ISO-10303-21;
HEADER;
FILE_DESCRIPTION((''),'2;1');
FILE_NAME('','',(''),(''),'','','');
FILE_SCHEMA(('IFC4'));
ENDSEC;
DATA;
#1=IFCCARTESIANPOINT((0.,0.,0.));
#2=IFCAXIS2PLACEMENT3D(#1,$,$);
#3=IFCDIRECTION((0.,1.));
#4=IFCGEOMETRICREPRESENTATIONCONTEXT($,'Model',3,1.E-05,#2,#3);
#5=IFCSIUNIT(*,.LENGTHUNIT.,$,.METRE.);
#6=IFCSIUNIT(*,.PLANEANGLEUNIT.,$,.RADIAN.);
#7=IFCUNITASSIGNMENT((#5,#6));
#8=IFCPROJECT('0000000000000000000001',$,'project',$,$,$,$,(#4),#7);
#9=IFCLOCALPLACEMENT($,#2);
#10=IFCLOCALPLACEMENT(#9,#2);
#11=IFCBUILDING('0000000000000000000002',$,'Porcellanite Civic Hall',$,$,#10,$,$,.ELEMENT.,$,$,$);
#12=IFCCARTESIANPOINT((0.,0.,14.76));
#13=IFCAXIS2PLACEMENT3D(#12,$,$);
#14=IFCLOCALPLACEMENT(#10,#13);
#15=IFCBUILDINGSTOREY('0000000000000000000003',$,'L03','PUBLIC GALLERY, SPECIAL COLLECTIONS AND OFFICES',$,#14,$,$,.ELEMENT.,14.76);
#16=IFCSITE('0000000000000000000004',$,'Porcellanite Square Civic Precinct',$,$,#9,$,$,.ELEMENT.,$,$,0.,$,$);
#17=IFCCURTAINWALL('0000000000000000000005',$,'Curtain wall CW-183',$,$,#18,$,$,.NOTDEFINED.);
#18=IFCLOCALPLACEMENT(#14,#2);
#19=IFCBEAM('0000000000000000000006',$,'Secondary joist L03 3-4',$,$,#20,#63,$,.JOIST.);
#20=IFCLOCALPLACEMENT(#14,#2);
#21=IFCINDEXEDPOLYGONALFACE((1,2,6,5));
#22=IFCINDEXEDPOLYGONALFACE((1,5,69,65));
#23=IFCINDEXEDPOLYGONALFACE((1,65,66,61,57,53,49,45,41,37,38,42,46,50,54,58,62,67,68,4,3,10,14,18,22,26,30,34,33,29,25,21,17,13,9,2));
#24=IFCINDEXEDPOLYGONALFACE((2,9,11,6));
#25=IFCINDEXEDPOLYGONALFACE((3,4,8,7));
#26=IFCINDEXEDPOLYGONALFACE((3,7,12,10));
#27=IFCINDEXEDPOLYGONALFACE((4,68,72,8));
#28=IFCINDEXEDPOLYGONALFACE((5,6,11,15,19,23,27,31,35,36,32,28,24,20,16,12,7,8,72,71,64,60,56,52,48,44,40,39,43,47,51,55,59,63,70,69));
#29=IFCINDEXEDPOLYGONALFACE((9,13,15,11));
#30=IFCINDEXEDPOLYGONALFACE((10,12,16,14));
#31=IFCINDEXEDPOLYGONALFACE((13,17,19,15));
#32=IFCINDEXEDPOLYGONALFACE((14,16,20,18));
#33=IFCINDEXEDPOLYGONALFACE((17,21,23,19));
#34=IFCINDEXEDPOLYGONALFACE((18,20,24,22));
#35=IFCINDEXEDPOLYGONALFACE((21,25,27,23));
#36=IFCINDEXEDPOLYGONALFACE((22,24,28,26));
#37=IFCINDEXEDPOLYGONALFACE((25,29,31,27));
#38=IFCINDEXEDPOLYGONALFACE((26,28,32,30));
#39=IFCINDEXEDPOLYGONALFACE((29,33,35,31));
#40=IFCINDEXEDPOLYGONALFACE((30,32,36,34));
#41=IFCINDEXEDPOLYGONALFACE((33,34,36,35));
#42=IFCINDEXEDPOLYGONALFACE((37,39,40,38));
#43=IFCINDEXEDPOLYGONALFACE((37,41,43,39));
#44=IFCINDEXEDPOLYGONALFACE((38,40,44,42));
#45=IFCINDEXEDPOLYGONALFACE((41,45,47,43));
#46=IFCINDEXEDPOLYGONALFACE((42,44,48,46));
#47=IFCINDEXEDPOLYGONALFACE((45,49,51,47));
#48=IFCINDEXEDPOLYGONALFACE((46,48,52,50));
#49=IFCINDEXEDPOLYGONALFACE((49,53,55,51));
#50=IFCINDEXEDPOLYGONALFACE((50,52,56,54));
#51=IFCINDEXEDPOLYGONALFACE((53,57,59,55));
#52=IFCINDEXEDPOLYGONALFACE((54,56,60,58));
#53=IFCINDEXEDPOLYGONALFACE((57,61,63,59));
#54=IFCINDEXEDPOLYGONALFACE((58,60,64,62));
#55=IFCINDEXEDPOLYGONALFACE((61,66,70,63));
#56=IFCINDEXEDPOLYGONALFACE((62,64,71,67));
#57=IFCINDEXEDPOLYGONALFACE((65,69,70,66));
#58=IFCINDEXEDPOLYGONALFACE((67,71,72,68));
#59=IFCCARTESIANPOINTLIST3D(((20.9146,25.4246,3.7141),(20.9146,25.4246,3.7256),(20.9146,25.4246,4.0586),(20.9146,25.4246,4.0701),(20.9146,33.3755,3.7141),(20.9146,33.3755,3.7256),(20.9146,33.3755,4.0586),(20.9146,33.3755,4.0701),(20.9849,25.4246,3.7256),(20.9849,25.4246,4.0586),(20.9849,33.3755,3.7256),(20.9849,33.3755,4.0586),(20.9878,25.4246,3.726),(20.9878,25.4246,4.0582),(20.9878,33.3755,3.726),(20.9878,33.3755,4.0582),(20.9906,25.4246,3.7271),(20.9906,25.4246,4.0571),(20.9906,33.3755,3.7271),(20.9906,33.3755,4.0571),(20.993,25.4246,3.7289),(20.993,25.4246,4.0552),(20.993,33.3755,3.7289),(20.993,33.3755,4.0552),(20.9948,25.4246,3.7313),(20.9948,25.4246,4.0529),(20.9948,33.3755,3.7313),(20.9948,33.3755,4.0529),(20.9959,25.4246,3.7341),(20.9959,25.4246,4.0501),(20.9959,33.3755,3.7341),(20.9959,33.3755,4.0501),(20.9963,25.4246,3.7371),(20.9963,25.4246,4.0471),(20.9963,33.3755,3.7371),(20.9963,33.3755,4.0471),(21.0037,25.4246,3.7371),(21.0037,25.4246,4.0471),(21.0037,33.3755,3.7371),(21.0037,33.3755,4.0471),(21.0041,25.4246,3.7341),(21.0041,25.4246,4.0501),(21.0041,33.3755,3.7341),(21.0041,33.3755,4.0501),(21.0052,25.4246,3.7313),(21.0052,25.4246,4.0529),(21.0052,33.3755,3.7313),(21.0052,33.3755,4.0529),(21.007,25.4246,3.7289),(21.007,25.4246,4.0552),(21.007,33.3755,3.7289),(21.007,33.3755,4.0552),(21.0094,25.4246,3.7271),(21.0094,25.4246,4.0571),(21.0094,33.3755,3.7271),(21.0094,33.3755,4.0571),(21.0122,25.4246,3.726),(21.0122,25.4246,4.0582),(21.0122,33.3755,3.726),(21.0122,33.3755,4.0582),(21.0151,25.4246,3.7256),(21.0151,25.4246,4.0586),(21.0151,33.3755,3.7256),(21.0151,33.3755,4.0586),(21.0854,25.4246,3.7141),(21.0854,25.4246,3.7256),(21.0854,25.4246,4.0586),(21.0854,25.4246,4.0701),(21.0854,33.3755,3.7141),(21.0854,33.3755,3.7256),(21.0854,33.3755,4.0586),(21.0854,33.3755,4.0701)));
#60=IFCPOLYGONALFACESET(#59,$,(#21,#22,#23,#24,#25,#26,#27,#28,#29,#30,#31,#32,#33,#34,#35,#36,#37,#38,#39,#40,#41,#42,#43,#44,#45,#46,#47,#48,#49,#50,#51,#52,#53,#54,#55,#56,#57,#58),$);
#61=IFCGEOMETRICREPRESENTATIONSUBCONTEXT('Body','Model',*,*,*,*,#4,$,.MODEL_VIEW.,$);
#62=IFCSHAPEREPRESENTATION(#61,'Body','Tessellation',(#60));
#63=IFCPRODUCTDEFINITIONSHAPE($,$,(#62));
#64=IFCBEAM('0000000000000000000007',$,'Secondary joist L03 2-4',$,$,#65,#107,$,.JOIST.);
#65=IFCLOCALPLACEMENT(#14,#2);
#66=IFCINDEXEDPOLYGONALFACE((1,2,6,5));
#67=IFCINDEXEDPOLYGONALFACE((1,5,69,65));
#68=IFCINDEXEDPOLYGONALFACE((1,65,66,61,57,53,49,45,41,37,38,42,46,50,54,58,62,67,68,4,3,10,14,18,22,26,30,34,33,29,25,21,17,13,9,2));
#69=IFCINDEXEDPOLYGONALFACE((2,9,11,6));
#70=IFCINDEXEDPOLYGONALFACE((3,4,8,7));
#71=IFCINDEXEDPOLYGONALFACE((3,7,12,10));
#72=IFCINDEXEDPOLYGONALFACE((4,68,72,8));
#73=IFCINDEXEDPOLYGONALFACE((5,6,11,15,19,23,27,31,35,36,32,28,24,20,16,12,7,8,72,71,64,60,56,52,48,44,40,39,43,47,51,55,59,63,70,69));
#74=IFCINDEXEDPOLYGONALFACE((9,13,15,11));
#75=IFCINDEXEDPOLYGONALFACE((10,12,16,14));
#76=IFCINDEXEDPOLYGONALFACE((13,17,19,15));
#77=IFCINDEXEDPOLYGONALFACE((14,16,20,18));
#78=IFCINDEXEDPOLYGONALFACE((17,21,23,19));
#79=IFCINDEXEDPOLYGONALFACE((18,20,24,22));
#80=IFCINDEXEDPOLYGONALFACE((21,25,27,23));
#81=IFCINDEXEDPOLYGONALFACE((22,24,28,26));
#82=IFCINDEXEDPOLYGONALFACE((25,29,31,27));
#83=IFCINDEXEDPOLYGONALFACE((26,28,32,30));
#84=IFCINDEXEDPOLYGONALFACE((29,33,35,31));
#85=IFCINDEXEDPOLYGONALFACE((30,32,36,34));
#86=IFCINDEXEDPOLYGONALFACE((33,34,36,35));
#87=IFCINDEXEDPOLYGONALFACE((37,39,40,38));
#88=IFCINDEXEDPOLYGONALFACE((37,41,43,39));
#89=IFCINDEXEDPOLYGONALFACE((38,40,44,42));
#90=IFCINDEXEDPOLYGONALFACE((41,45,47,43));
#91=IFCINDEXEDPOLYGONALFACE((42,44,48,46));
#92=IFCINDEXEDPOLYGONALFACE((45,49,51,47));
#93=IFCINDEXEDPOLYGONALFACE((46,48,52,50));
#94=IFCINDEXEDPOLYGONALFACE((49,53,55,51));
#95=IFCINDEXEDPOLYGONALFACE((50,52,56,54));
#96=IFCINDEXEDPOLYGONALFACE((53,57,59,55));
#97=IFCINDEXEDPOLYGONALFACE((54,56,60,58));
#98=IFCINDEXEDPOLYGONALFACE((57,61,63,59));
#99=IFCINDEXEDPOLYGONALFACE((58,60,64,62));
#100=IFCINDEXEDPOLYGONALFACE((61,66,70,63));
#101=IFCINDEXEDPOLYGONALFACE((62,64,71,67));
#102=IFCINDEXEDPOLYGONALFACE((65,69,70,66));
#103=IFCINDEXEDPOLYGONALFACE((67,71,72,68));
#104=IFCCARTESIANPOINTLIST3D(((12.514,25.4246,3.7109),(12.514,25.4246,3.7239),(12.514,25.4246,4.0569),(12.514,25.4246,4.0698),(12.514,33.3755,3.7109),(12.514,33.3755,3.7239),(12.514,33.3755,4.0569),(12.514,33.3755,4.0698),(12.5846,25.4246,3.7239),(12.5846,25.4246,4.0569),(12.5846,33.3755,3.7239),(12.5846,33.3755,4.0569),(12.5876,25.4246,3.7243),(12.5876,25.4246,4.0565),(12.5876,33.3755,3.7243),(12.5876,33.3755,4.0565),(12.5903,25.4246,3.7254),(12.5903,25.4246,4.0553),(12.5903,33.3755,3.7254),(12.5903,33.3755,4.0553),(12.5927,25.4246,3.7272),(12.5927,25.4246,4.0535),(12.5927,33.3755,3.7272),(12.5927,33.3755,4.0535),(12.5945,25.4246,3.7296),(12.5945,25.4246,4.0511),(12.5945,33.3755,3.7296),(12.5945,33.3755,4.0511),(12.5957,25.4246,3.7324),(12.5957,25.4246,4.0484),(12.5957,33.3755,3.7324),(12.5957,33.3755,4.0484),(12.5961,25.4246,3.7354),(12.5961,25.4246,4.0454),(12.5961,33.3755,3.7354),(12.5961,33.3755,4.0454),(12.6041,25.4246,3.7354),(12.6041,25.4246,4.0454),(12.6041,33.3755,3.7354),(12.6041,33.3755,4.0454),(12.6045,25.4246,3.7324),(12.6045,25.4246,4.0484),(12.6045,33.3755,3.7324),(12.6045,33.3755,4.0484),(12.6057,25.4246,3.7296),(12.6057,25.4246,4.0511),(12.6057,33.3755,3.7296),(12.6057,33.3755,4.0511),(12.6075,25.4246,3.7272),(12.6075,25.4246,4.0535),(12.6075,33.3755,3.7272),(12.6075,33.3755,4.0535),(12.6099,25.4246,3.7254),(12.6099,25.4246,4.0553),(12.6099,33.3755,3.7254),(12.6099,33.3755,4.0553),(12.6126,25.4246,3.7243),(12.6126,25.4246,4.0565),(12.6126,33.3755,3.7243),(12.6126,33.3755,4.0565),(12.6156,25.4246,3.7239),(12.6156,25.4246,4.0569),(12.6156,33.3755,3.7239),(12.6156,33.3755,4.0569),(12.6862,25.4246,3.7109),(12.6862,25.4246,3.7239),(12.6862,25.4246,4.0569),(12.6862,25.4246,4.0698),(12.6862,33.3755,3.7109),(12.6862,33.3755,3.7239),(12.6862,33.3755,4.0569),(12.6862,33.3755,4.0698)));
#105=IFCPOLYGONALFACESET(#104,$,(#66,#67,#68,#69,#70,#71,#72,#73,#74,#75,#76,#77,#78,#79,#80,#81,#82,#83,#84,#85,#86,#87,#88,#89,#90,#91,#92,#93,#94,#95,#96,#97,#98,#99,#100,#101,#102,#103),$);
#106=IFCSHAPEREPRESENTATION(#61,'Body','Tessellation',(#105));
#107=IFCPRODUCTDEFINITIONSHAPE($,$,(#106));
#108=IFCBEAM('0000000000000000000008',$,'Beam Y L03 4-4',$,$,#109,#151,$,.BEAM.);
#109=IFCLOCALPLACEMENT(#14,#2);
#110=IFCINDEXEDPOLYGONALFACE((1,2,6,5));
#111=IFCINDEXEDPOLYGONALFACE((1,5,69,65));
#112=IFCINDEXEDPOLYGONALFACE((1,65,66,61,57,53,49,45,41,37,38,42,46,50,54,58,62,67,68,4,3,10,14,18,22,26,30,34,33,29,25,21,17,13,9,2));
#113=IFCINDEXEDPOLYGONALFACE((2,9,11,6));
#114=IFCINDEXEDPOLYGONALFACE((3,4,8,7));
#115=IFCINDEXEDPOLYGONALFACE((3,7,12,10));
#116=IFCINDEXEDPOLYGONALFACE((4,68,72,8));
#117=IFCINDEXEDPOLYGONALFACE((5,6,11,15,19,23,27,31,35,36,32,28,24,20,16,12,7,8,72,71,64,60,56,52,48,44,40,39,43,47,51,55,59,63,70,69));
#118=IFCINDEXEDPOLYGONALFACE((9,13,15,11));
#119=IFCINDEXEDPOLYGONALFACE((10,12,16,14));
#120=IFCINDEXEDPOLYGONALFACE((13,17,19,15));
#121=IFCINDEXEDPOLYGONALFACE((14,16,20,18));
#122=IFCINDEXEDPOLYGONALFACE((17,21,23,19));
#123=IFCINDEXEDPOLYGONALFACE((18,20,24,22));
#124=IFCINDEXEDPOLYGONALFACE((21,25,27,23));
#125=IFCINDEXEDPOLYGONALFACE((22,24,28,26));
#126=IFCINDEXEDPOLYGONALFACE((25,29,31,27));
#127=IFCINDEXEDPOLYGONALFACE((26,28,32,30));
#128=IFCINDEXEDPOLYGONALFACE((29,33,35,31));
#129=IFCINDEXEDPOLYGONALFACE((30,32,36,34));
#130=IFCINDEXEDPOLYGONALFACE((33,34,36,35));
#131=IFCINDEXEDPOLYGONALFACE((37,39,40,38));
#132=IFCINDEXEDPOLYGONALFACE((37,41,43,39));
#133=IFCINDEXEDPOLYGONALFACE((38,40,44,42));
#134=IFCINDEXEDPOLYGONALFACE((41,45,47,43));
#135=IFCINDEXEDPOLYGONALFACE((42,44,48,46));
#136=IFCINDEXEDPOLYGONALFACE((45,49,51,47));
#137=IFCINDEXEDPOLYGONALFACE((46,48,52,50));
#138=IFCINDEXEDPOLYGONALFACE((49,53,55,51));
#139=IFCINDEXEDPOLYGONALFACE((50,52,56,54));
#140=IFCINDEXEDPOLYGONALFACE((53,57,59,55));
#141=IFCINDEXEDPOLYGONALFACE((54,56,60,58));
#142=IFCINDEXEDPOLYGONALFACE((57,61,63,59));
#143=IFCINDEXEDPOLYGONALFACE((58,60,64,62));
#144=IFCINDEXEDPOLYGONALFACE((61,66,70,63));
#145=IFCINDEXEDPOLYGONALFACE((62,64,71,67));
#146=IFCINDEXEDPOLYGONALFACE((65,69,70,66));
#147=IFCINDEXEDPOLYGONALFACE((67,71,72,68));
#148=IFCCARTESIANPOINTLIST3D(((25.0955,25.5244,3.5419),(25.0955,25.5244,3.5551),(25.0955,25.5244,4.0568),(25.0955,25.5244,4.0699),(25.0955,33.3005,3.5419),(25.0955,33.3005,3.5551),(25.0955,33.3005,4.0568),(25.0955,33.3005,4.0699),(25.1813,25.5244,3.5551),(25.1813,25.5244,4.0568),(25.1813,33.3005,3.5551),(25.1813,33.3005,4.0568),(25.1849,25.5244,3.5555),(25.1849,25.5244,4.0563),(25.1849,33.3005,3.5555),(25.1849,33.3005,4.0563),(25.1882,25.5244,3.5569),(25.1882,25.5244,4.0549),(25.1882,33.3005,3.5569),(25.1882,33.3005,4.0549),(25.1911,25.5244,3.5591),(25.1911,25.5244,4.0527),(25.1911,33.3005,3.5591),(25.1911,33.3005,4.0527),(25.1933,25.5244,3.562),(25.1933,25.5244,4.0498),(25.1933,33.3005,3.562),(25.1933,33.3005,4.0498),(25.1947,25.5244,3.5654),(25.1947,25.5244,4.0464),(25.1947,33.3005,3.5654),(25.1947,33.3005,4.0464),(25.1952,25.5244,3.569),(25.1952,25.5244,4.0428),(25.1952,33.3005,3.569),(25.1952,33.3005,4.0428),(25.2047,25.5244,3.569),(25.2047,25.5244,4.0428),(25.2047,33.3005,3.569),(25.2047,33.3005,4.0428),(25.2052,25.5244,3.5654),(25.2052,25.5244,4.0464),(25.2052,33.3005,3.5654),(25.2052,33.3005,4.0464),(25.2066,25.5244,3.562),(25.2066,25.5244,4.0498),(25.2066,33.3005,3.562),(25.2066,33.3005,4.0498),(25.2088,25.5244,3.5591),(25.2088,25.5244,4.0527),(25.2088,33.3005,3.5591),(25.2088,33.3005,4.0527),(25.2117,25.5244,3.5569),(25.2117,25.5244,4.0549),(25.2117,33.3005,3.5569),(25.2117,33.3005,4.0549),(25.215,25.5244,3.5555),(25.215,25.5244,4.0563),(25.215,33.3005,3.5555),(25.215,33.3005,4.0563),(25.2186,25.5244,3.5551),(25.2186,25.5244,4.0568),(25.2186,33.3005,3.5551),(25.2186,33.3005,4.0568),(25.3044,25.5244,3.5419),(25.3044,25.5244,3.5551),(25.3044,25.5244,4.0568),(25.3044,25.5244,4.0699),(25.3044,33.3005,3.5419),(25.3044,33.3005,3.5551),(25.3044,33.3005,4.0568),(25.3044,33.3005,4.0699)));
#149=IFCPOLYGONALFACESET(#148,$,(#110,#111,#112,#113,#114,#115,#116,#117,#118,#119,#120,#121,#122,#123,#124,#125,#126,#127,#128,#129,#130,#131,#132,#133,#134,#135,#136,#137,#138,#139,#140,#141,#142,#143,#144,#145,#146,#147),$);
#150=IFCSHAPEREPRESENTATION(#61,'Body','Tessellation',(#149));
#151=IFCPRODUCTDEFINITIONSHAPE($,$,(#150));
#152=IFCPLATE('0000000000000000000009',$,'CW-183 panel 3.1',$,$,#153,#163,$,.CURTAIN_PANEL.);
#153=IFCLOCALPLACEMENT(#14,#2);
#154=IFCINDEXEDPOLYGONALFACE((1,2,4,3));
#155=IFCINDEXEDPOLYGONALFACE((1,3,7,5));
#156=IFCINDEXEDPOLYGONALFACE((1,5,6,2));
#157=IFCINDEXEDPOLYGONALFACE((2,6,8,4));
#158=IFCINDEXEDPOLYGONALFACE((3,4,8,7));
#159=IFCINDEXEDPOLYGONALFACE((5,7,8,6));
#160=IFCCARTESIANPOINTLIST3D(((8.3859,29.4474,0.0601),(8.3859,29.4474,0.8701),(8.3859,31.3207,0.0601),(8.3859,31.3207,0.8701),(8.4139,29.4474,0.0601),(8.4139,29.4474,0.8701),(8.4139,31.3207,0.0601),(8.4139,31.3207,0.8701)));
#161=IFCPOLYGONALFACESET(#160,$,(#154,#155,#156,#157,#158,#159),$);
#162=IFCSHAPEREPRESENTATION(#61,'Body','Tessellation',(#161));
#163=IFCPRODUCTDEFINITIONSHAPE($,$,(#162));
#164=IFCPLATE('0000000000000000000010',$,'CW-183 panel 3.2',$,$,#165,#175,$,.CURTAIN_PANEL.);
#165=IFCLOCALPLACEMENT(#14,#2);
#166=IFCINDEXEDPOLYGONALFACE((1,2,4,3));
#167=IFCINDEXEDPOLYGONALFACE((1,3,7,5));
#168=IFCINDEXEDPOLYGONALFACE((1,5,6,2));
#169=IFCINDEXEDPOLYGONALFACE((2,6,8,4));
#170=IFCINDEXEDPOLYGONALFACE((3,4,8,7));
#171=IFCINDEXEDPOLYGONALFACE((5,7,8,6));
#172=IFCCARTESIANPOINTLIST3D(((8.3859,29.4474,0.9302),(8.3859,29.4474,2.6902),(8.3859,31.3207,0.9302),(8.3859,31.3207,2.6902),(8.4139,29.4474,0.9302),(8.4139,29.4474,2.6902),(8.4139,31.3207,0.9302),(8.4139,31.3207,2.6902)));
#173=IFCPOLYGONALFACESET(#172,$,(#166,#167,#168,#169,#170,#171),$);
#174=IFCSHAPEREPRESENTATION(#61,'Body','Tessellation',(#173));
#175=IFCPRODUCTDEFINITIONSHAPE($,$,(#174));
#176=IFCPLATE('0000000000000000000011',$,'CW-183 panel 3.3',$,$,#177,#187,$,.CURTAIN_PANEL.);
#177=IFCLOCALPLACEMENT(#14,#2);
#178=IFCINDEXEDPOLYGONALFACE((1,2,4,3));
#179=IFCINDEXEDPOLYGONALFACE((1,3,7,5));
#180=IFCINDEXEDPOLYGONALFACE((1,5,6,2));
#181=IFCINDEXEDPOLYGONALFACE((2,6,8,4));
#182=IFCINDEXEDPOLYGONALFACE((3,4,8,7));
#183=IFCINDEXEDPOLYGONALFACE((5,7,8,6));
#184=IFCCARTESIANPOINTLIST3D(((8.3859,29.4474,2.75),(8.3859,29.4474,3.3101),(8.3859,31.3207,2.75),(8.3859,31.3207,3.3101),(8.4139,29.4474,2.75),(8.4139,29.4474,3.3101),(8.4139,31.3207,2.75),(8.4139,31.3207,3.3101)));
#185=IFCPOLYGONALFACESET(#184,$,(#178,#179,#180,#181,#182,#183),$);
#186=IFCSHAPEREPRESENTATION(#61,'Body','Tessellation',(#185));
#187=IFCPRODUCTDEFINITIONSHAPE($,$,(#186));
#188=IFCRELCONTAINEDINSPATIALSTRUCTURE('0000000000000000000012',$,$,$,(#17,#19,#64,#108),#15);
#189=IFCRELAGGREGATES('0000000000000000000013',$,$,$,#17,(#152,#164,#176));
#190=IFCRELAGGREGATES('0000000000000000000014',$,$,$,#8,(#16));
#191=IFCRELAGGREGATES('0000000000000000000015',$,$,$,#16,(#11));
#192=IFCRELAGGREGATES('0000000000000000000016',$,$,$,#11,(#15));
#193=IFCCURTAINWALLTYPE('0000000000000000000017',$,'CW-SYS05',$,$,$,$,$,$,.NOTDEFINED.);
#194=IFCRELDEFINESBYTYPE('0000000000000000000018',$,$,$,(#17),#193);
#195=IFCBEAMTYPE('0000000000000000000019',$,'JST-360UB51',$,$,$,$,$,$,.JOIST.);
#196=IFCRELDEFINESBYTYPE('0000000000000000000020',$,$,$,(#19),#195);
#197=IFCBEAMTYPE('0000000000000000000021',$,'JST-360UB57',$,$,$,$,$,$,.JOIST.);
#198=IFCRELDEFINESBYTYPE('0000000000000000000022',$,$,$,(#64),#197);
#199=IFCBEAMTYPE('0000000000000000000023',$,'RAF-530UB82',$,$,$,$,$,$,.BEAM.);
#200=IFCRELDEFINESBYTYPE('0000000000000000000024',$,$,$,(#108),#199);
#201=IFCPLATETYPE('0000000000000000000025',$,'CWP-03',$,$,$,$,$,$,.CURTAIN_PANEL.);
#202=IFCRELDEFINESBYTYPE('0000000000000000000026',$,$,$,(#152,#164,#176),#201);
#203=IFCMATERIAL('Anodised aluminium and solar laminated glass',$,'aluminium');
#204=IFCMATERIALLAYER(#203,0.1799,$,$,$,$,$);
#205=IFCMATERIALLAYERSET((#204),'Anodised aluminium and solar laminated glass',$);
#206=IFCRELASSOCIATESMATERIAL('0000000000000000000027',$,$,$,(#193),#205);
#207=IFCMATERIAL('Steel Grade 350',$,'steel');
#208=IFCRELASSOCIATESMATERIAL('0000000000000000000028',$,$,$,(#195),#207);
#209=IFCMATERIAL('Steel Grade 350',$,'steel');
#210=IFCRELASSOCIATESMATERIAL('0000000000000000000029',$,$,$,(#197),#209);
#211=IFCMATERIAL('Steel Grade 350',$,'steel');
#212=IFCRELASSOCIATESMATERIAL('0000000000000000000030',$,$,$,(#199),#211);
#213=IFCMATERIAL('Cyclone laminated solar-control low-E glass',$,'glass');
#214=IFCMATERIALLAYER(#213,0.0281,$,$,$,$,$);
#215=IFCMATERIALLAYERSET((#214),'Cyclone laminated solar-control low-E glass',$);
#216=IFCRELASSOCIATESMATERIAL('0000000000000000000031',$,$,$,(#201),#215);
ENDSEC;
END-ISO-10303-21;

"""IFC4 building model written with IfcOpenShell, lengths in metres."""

from ifc_helpers import new_model, si_unit, direction, frame, origin, origin_2d, place, context, subcontext, project, spatial, rectangle, i_section, extrude, material, layer, layer_set, material_profile, profile_set, type_object, element, aggregate, save


model = new_model("IFC4")

# Units and contexts
model_context = context("Model", 3, precision=1e-05, world=origin(), true_north=direction((0.0, 1.0)))
body_context = subcontext(model_context, "Body", "Model", "MODEL_VIEW")
ifc_project = project(units=[si_unit("LENGTHUNIT", "METRE"), si_unit("PLANEANGLEUNIT", "RADIAN")], contexts=[model_context])

# Site, building, storey
site_placement = place(None, origin())
site = spatial("IfcSite", under=ifc_project, at=site_placement, Name="Porcellanite Square Civic Precinct", CompositionType="ELEMENT", RefElevation=0.0)
building_placement = place(site_placement, origin())
building = spatial("IfcBuilding", under=site, at=building_placement, Name="Porcellanite Civic Hall", CompositionType="ELEMENT")
storey_placement = place(building_placement, frame((0.0, 0.0, 14.76)))
storey = spatial("IfcBuildingStorey", under=building, at=storey_placement, Name="L03", Description="PUBLIC GALLERY, SPECIAL COLLECTIONS AND OFFICES", CompositionType="ELEMENT", Elevation=14.76)

# Curtain wall
ifc_material_1 = material(Name="Anodised aluminium and solar laminated glass", Category="aluminium")
ifc_layer_1 = layer(ifc_material_1, 0.1799)
ifc_layer_set_1 = layer_set([ifc_layer_1], Name="Anodised aluminium and solar laminated glass")
curtain_wall_type = type_object("IfcCurtainWallType", Name="CW-SYS05", PredefinedType="NOTDEFINED", material=ifc_layer_set_1)
curtain_wall_placement = place(storey_placement, origin())
curtain_wall = element("IfcCurtainWall", 1, at=curtain_wall_placement, inside=storey, type_object=curtain_wall_type, Name="Curtain wall CW-183", PredefinedType="NOTDEFINED")

# Beams
ifc_material_2 = material(Name="Steel Grade 350", Category="steel")
ifc_material_profile_1 = material_profile(ifc_material_2, i_section(OverallWidth=0.1709, OverallDepth=0.356, WebThickness=0.0073, FlangeThickness=0.0115, FilletRadius=0.0115, at=origin_2d()), Name="360UB50.7")
ifc_profile_set_1 = profile_set([ifc_material_profile_1], Name="Steel Grade 350")
beam_type_1 = type_object("IfcBeamType", Name="JST-360UB51", PredefinedType="JOIST", material=ifc_profile_set_1)
beam_1_placement = place(storey_placement, frame((21.0, 25.4246, 3.8921), z_axis=(0.0, 1.0, 0.0), x_axis=(-1.0, 0.0, 0.0)))
element("IfcBeam", 2, at=beam_1_placement, inside=storey, type_object=beam_type_1, Name="Secondary joist L03 3-4", PredefinedType="JOIST", context=body_context, shape_type="SweptSolid", body=[
    extrude(i_section(OverallWidth=0.1709, OverallDepth=0.356, WebThickness=0.0073, FlangeThickness=0.0115, FilletRadius=0.0115, at=origin_2d()), origin(), (0.0, 0.0, 1.0), 7.9509),
])
ifc_material_3 = material(Name="Steel Grade 350", Category="steel")
ifc_material_profile_2 = material_profile(ifc_material_3, i_section(OverallWidth=0.1721, OverallDepth=0.3589, WebThickness=0.0081, FlangeThickness=0.0129, FilletRadius=0.0115, at=origin_2d()), Name="360UB56.7")
ifc_profile_set_2 = profile_set([ifc_material_profile_2], Name="Steel Grade 350")
beam_type_2 = type_object("IfcBeamType", Name="JST-360UB57", PredefinedType="JOIST", material=ifc_profile_set_2)
beam_2_placement = place(storey_placement, frame((12.6001, 25.4246, 3.8904), z_axis=(0.0, 1.0, 0.0), x_axis=(-1.0, 0.0, 0.0)))
element("IfcBeam", 3, at=beam_2_placement, inside=storey, type_object=beam_type_2, Name="Secondary joist L03 2-4", PredefinedType="JOIST", context=body_context, shape_type="SweptSolid", body=[
    extrude(i_section(OverallWidth=0.1721, OverallDepth=0.3589, WebThickness=0.0081, FlangeThickness=0.0129, FilletRadius=0.0115, at=origin_2d()), origin(), (0.0, 0.0, 1.0), 7.9509),
])
ifc_material_4 = material(Name="Steel Grade 350", Category="steel")
ifc_material_profile_3 = material_profile(ifc_material_4, i_section(OverallWidth=0.209, OverallDepth=0.5281, WebThickness=0.0095, FlangeThickness=0.0132, FilletRadius=0.0139, at=origin_2d()), Name="530UB82.0")
ifc_profile_set_3 = profile_set([ifc_material_profile_3], Name="Steel Grade 350")
beam_type_3 = type_object("IfcBeamType", Name="RAF-530UB82", PredefinedType="BEAM", material=ifc_profile_set_3)
beam_3_placement = place(storey_placement, frame((25.2, 25.5244, 3.8059), z_axis=(0.0, 1.0, 0.0), x_axis=(-1.0, 0.0, 0.0)))
element("IfcBeam", 4, at=beam_3_placement, inside=storey, type_object=beam_type_3, Name="Beam Y L03 4-4", PredefinedType="BEAM", context=body_context, shape_type="SweptSolid", body=[
    extrude(i_section(OverallWidth=0.209, OverallDepth=0.5281, WebThickness=0.0095, FlangeThickness=0.0132, FilletRadius=0.0139, at=origin_2d()), origin(), (0.0, 0.0, 1.0), 7.7761),
])

# Plates
ifc_material_5 = material(Name="Cyclone laminated solar-control low-E glass", Category="glass")
ifc_layer_2 = layer(ifc_material_5, 0.0281)
ifc_layer_set_2 = layer_set([ifc_layer_2], Name="Cyclone laminated solar-control low-E glass")
plate_type = type_object("IfcPlateType", Name="CWP-03", PredefinedType="CURTAIN_PANEL", material=ifc_layer_set_2)
plate_1_placement = place(storey_placement, frame((8.3999, 30.384, 0.0601), z_axis=(0.0, 0.0, 1.0), x_axis=(0.0, 1.0, 0.0)))
plate_1 = element("IfcPlate", 5, at=plate_1_placement, type_object=plate_type, Name="CW-183 panel 3.1", PredefinedType="CURTAIN_PANEL", context=body_context, shape_type="SweptSolid", body=[
    extrude(rectangle(XDim=1.8733, YDim=0.0281, at=origin_2d()), origin(), (0.0, 0.0, 1.0), 0.8101),
])
plate_2_placement = place(storey_placement, frame((8.3999, 30.384, 0.9302), z_axis=(0.0, 0.0, 1.0), x_axis=(0.0, 1.0, 0.0)))
plate_2 = element("IfcPlate", 6, at=plate_2_placement, type_object=plate_type, Name="CW-183 panel 3.2", PredefinedType="CURTAIN_PANEL", context=body_context, shape_type="SweptSolid", body=[
    extrude(rectangle(XDim=1.8733, YDim=0.0281, at=origin_2d()), origin(), (0.0, 0.0, 1.0), 1.76),
])
plate_3_placement = place(storey_placement, frame((8.3999, 30.384, 2.75), z_axis=(0.0, 0.0, 1.0), x_axis=(0.0, 1.0, 0.0)))
plate_3 = element("IfcPlate", 7, at=plate_3_placement, type_object=plate_type, Name="CW-183 panel 3.3", PredefinedType="CURTAIN_PANEL", context=body_context, shape_type="SweptSolid", body=[
    extrude(rectangle(XDim=1.8733, YDim=0.0281, at=origin_2d()), origin(), (0.0, 0.0, 1.0), 0.5601),
])
aggregate(curtain_wall, [plate_1, plate_2, plate_3])

save(model, "model.ifc")
